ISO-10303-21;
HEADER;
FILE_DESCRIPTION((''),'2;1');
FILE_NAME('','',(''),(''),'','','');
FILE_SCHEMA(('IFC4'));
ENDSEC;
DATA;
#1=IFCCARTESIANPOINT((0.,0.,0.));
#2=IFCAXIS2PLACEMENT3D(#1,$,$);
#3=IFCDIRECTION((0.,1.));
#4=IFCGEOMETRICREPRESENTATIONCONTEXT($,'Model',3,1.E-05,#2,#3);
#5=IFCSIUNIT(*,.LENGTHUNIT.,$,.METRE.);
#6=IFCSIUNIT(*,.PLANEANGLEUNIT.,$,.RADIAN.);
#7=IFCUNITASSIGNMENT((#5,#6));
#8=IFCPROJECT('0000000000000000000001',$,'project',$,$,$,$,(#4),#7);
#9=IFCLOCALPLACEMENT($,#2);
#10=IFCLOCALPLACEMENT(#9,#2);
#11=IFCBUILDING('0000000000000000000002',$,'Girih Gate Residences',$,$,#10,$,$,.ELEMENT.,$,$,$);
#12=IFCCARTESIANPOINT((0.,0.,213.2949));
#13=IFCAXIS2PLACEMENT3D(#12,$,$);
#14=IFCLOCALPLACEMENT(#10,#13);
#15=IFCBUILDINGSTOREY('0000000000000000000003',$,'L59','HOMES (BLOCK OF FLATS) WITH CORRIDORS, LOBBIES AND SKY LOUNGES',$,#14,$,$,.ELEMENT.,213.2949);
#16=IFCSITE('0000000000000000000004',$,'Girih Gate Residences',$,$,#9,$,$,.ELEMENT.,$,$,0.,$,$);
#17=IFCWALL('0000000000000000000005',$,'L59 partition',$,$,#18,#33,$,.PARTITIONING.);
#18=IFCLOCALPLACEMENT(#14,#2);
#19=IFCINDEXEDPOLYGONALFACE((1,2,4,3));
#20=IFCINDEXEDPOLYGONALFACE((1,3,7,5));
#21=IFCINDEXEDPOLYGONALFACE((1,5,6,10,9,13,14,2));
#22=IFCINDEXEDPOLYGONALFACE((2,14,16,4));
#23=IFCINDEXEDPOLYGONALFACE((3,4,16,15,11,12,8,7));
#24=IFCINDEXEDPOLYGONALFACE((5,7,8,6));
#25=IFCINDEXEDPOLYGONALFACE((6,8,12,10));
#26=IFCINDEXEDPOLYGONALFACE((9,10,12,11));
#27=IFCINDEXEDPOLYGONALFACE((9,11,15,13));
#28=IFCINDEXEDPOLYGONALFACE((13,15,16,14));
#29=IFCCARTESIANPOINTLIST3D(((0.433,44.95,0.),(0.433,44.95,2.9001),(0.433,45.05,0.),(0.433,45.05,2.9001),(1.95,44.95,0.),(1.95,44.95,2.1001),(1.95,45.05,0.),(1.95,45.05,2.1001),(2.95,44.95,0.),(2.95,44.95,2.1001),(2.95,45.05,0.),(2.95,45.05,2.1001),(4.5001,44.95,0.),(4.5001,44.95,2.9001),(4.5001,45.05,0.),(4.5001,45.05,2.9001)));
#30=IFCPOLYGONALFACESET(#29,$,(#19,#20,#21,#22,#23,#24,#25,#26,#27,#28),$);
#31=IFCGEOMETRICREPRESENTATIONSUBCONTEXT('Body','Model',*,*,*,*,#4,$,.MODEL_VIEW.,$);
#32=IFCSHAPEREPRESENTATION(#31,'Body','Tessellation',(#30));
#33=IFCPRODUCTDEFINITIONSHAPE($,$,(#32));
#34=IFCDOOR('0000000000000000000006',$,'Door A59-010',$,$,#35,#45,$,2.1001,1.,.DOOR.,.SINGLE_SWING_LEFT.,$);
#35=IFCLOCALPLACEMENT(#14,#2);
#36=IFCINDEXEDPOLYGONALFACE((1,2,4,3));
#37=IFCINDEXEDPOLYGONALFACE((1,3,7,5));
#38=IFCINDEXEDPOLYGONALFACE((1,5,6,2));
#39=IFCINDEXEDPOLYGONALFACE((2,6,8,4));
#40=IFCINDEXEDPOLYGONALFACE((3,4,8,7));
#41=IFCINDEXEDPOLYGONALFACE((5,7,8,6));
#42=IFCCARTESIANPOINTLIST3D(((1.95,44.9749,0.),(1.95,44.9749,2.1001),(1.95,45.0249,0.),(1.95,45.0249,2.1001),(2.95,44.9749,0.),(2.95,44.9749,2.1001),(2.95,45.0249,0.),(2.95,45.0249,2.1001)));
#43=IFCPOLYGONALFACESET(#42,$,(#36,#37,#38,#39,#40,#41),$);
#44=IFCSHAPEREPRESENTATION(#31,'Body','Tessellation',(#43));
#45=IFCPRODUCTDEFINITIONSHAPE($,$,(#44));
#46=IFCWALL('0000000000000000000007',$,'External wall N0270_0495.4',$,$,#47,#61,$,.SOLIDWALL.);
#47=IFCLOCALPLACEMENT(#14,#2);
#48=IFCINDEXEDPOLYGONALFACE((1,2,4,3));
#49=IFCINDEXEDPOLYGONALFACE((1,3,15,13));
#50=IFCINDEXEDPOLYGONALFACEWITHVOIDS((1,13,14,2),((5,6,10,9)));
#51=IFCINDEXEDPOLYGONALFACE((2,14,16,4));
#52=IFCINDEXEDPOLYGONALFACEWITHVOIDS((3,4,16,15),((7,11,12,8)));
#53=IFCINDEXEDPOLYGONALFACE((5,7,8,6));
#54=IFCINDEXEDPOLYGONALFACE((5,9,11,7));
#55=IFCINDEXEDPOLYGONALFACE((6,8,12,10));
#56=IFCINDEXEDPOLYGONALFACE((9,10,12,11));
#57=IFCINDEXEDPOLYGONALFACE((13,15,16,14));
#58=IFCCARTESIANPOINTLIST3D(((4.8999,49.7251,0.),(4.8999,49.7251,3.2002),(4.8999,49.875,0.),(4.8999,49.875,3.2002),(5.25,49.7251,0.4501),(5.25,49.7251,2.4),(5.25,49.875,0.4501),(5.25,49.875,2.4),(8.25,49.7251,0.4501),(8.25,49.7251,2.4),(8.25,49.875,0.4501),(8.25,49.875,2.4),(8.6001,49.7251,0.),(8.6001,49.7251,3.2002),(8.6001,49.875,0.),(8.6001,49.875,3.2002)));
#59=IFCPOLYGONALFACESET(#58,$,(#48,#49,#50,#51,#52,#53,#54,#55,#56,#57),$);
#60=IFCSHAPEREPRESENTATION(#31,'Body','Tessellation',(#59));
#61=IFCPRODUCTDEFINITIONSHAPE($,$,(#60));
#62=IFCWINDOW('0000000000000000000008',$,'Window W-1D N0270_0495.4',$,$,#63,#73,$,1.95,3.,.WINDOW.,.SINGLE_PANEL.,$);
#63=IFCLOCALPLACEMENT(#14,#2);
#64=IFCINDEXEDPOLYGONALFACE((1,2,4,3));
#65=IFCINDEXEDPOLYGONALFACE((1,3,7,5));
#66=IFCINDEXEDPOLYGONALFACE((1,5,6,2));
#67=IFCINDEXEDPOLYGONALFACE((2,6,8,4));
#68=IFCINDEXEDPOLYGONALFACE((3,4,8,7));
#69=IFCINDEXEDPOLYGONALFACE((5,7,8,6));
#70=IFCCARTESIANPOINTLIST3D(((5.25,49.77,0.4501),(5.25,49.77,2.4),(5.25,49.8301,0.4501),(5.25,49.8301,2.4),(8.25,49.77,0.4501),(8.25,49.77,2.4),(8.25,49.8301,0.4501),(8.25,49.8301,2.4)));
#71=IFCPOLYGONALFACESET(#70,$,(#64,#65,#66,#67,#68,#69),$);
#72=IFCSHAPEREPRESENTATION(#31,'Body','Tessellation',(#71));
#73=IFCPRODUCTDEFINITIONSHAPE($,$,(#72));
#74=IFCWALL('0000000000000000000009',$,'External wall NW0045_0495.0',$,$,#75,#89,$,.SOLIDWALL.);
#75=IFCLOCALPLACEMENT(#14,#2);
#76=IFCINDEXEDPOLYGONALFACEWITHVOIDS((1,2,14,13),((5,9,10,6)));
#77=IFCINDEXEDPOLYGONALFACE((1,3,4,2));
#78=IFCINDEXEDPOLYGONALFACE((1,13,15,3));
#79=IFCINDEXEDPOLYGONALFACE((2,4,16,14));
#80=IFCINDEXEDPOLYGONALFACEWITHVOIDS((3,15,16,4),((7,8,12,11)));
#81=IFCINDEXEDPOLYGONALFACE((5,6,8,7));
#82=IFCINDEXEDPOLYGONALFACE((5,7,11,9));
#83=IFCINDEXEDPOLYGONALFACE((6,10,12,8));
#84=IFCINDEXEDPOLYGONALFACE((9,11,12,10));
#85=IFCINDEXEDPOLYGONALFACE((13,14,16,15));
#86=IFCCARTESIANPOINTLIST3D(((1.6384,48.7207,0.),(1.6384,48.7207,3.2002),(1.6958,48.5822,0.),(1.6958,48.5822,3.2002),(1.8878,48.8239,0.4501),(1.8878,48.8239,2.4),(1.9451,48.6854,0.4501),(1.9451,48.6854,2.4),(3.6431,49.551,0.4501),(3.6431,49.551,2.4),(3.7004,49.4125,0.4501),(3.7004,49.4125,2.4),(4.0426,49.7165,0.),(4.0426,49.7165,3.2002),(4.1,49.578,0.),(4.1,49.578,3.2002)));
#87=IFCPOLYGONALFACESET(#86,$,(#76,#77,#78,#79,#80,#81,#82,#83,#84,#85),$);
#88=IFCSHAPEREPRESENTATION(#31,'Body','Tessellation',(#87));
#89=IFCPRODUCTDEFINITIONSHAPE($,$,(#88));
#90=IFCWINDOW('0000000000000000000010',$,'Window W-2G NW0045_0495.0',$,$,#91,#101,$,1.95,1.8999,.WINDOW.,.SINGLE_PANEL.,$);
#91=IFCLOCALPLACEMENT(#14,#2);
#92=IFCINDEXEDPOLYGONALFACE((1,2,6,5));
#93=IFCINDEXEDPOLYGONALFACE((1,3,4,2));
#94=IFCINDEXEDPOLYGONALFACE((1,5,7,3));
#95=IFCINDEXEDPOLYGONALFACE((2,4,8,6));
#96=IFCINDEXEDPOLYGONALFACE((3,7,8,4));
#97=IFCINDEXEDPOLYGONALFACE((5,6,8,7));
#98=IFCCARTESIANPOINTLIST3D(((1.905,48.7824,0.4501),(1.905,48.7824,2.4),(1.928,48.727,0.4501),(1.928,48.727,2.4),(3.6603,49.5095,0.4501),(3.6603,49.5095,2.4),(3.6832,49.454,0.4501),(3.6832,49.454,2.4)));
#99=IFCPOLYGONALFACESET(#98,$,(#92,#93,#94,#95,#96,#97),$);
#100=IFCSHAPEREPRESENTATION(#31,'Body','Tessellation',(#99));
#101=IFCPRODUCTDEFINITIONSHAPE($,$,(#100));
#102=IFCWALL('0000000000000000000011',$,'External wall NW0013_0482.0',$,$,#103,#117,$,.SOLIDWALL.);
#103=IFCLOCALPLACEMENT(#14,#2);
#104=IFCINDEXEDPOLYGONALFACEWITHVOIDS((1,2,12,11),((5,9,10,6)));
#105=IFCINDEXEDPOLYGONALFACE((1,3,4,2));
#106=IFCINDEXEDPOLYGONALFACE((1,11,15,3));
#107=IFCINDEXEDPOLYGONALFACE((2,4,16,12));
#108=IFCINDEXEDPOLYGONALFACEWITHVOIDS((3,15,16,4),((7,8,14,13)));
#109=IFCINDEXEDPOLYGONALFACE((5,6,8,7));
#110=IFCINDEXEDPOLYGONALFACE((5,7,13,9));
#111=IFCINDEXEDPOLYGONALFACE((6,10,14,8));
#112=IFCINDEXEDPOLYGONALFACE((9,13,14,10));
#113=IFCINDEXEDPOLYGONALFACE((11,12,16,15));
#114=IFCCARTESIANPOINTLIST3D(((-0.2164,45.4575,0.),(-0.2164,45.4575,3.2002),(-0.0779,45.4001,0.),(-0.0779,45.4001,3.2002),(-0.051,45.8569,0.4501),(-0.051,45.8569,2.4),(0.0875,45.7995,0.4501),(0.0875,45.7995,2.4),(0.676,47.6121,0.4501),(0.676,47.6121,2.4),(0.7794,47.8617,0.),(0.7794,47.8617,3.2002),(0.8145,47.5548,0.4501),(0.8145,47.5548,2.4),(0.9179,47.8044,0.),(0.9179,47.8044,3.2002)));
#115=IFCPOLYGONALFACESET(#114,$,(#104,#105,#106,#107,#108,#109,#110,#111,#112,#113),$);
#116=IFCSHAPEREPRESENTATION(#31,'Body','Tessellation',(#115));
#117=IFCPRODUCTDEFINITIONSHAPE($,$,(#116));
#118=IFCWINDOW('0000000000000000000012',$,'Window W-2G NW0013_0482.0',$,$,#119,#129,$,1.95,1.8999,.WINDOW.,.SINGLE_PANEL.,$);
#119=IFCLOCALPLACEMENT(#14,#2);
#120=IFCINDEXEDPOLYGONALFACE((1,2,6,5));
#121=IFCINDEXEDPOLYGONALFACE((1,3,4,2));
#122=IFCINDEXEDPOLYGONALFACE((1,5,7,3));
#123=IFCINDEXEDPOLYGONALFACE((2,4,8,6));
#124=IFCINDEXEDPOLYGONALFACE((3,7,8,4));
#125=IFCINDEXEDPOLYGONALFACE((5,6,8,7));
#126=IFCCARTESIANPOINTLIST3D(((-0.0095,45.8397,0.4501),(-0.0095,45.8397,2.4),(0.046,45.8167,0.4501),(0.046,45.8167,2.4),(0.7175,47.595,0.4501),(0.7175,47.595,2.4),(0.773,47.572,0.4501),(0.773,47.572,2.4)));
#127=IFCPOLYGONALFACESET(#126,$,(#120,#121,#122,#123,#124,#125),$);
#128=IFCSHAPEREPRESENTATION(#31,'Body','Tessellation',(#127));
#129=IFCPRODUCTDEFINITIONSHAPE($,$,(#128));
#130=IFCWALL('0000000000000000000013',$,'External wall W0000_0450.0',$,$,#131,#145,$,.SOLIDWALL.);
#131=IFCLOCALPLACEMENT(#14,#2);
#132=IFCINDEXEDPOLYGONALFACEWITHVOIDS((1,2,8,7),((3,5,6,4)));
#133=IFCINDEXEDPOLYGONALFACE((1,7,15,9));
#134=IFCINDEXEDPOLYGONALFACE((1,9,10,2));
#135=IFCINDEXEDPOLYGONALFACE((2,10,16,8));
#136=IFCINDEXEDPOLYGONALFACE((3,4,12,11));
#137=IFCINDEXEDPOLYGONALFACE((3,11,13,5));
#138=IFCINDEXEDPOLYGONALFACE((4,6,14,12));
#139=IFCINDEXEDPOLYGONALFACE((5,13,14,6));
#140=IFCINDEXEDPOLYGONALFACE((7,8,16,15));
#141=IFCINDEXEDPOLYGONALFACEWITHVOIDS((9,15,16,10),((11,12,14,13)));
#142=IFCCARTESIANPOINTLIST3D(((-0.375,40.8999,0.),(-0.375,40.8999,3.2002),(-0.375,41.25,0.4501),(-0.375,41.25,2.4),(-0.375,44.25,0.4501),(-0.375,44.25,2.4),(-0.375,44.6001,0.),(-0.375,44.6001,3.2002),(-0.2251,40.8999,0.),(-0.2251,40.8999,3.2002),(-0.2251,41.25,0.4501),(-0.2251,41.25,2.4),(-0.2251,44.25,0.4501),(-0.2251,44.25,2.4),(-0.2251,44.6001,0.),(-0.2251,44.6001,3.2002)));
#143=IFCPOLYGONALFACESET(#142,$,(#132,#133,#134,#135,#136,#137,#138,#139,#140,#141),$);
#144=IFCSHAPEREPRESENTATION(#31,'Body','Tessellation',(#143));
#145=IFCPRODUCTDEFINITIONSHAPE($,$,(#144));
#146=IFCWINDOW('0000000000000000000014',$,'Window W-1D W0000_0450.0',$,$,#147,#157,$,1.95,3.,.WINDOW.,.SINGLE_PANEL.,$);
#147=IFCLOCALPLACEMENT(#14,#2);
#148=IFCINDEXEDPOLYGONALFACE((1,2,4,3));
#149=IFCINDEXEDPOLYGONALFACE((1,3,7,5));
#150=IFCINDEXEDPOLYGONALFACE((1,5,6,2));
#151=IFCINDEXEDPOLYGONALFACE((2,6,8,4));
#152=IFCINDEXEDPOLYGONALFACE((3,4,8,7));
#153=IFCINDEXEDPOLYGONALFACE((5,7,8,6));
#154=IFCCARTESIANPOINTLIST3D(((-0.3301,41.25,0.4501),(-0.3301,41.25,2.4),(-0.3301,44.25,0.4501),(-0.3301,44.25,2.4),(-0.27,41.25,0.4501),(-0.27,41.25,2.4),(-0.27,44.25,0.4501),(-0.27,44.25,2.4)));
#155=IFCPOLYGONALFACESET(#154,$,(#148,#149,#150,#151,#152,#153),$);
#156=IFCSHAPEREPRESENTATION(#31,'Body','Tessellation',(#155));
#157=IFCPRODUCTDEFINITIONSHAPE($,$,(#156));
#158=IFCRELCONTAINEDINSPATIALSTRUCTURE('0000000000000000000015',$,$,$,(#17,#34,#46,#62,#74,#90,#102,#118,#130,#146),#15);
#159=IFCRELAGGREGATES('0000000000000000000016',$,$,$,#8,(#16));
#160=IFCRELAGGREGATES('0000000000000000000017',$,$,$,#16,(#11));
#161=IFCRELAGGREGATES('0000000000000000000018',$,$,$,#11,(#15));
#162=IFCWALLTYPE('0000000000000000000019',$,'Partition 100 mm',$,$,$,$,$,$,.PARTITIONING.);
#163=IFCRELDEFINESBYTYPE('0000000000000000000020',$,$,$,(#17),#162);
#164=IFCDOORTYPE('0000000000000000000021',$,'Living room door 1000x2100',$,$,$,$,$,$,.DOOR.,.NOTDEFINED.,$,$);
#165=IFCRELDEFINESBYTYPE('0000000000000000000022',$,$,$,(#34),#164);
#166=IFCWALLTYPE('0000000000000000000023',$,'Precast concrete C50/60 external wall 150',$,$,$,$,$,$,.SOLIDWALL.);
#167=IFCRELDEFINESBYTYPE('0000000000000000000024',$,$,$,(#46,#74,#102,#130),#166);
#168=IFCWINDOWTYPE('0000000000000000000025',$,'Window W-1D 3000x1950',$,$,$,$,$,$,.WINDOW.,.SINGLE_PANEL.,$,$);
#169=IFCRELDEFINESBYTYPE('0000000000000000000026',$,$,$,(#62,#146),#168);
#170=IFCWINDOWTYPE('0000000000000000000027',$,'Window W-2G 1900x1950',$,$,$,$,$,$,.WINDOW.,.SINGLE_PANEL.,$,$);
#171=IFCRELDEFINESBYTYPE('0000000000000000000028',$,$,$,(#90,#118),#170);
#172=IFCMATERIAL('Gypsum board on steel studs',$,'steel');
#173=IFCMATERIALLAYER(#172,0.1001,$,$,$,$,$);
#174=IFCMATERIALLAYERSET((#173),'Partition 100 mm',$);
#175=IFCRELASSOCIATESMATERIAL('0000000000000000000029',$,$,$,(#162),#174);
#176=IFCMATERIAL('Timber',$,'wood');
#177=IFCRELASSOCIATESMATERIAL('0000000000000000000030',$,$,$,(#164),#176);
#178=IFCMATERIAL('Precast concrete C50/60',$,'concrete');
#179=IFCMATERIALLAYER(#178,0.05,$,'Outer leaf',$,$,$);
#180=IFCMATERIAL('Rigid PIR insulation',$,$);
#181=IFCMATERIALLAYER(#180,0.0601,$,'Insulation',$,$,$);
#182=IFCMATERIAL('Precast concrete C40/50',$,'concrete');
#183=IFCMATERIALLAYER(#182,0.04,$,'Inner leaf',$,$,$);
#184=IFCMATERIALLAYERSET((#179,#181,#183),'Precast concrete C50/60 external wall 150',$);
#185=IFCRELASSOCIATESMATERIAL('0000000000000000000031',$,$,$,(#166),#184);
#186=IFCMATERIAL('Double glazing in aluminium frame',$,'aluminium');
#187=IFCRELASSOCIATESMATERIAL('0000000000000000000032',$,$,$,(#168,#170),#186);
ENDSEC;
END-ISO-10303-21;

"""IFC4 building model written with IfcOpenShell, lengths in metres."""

from ifc_helpers import new_model, si_unit, direction, frame, frame_2d, origin, place, context, subcontext, project, spatial, rectangle, extrude, material, layer, layer_set, type_object, element, fill, save


model = new_model("IFC4")

# Units and contexts
model_context = context("Model", 3, precision=1e-05, world=origin(), true_north=direction((0.0, 1.0)))
body_context = subcontext(model_context, "Body", "Model", "MODEL_VIEW")
ifc_project = project(units=[si_unit("LENGTHUNIT", "METRE"), si_unit("PLANEANGLEUNIT", "RADIAN")], contexts=[model_context])

# Site, building, storey
site_placement = place(None, origin())
site = spatial("IfcSite", under=ifc_project, at=site_placement, Name="Girih Gate Residences", CompositionType="ELEMENT", RefElevation=0.0)
building_placement = place(site_placement, origin())
building = spatial("IfcBuilding", under=site, at=building_placement, Name="Girih Gate Residences", CompositionType="ELEMENT")
storey_placement = place(building_placement, frame((0.0, 0.0, 213.2949)))
storey = spatial("IfcBuildingStorey", under=building, at=storey_placement, Name="L59", Description="HOMES (BLOCK OF FLATS) WITH CORRIDORS, LOBBIES AND SKY LOUNGES", CompositionType="ELEMENT", Elevation=213.2949)

# Shared definitions
ifc_material_1 = material(Name="Gypsum board on steel studs", Category="steel")
ifc_layer_1 = layer(ifc_material_1, 0.1001)
ifc_layer_set_1 = layer_set([ifc_layer_1], Name="Partition 100 mm")
wall_type_1 = type_object("IfcWallType", Name="Partition 100 mm", PredefinedType="PARTITIONING", material=ifc_layer_set_1)
ifc_material_2 = material(Name="Timber", Category="wood")

# Wall, opening, door
wall_1_placement = place(storey_placement, frame((0.4329, 45.0, 0.0), z_axis=(0.0, 0.0, 1.0), x_axis=(1.0, 0.0, 0.0)))
wall_1 = element("IfcWall", 1, at=wall_1_placement, inside=storey, type_object=wall_type_1, Name="L59 partition", PredefinedType="PARTITIONING", context=body_context, shape_type="SweptSolid", body=[
    extrude(rectangle(XDim=4.0671, YDim=0.1001, at=frame_2d((2.0337, 0.0))), origin(), (0.0, 0.0, 1.0), 2.9001),
])
opening_1_placement = place(wall_1_placement, frame((1.5171, 0.0, 0.0)))
opening_1 = element("IfcOpeningElement", 2, at=opening_1_placement, cuts=wall_1, PredefinedType="OPENING", context=body_context, shape_type="SweptSolid", body=[
    extrude(rectangle(XDim=1.0, YDim=2.1001, at=frame_2d((0.5, 1.05))), frame((0.0, 0.0601, 0.0), z_axis=(0.0, -1.0, 0.0), x_axis=(1.0, 0.0, 0.0)), (0.0, 0.0, 1.0), 0.1201),
])
door_type_1 = type_object("IfcDoorType", Name="Living room door 1000x2100", OperationType="NOTDEFINED", PredefinedType="DOOR", material=ifc_material_2)
door_1_placement = place(opening_1_placement, origin())
door_1 = element("IfcDoor", 3, at=door_1_placement, inside=storey, type_object=door_type_1, Name="Door A59-010", OperationType="SINGLE_SWING_LEFT", OverallHeight=2.1001, OverallWidth=1.0, PredefinedType="DOOR", context=body_context, shape_type="SweptSolid", body=[
    extrude(rectangle(XDim=1.0, YDim=2.1001, at=frame_2d((0.5, 1.05))), frame((0.0, 0.0249, 0.0), z_axis=(0.0, -1.0, 0.0), x_axis=(1.0, 0.0, 0.0)), (0.0, 0.0, 1.0), 0.05),
])
fill(opening_1, door_1)

# Walls, openings, windows
ifc_material_3 = material(Name="Precast concrete C50/60", Category="concrete")
ifc_layer_2 = layer(ifc_material_3, 0.05, Name="Outer leaf")
ifc_material_4 = material(Name="Rigid PIR insulation")
ifc_layer_3 = layer(ifc_material_4, 0.0601, Name="Insulation")
ifc_material_5 = material(Name="Precast concrete C40/50", Category="concrete")
ifc_layer_4 = layer(ifc_material_5, 0.04, Name="Inner leaf")
ifc_layer_set_2 = layer_set([ifc_layer_2, ifc_layer_3, ifc_layer_4], Name="Precast concrete C50/60 external wall 150")
wall_type_2 = type_object("IfcWallType", Name="Precast concrete C50/60 external wall 150", PredefinedType="SOLIDWALL", material=ifc_layer_set_2)
wall_2_placement = place(storey_placement, frame((4.8999, 49.8, 0.0), z_axis=(0.0, 0.0, 1.0), x_axis=(1.0, 0.0, 0.0)))
wall_2 = element("IfcWall", 4, at=wall_2_placement, inside=storey, type_object=wall_type_2, Name="External wall N0270_0495.4", PredefinedType="SOLIDWALL", context=body_context, shape_type="SweptSolid", body=[
    extrude(rectangle(XDim=3.7002, YDim=0.1499, at=frame_2d((1.8501, 0.0))), origin(), (0.0, 0.0, 1.0), 3.2002),
])
opening_2_placement = place(wall_2_placement, frame((0.3501, 0.0, 0.45)))
opening_2 = element("IfcOpeningElement", 5, at=opening_2_placement, cuts=wall_2, PredefinedType="OPENING", context=body_context, shape_type="SweptSolid", body=[
    extrude(rectangle(XDim=3.0, YDim=1.95, at=frame_2d((1.5, 0.9751))), frame((0.0, 0.085, 0.0), z_axis=(0.0, -1.0, 0.0), x_axis=(1.0, 0.0, 0.0)), (0.0, 0.0, 1.0), 0.1699),
])
ifc_material_6 = material(Name="Double glazing in aluminium frame", Category="aluminium")
window_type_1 = type_object("IfcWindowType", Name="Window W-1D 3000x1950", PartitioningType="SINGLE_PANEL", PredefinedType="WINDOW", material=ifc_material_6)
window_1_placement = place(opening_2_placement, origin())
window_1 = element("IfcWindow", 6, at=window_1_placement, inside=storey, type_object=window_type_1, Name="Window W-1D N0270_0495.4", OverallHeight=1.95, OverallWidth=3.0, PartitioningType="SINGLE_PANEL", PredefinedType="WINDOW", context=body_context, shape_type="SweptSolid", body=[
    extrude(rectangle(XDim=3.0, YDim=1.95, at=frame_2d((1.5, 0.9751))), frame((0.0, 0.03, 0.0), z_axis=(0.0, -1.0, 0.0), x_axis=(1.0, 0.0, 0.0)), (0.0, 0.0, 1.0), 0.0601),
])
fill(opening_2, window_1)
wall_3_placement = place(storey_placement, frame((1.667, 48.6514, 0.0), z_axis=(0.0, 0.0, 1.0), x_axis=(0.923885, 0.382669, 0.0)))
wall_3 = element("IfcWall", 7, at=wall_3_placement, inside=storey, type_object=wall_type_2, Name="External wall NW0045_0495.0", PredefinedType="SOLIDWALL", context=body_context, shape_type="SweptSolid", body=[
    extrude(rectangle(XDim=2.6023, YDim=0.1499, at=frame_2d((1.3013, 0.0))), origin(), (0.0, 0.0, 1.0), 3.2002),
])
opening_3_placement = place(wall_3_placement, frame((0.27, 0.0, 0.45)))
opening_3 = element("IfcOpeningElement", 8, at=opening_3_placement, cuts=wall_3, PredefinedType="OPENING", context=body_context, shape_type="SweptSolid", body=[
    extrude(rectangle(XDim=1.8999, YDim=1.95, at=frame_2d((0.95, 0.9751))), frame((0.0, 0.085, 0.0), z_axis=(0.0, -1.0, 0.0), x_axis=(1.0, 0.0, 0.0)), (0.0, 0.0, 1.0), 0.1699),
])
window_type_2 = type_object("IfcWindowType", Name="Window W-2G 1900x1950", PartitioningType="SINGLE_PANEL", PredefinedType="WINDOW", material=ifc_material_6)
window_2_placement = place(opening_3_placement, origin())
window_2 = element("IfcWindow", 9, at=window_2_placement, inside=storey, type_object=window_type_2, Name="Window W-2G NW0045_0495.0", OverallHeight=1.95, OverallWidth=1.8999, PartitioningType="SINGLE_PANEL", PredefinedType="WINDOW", context=body_context, shape_type="SweptSolid", body=[
    extrude(rectangle(XDim=1.8999, YDim=1.95, at=frame_2d((0.95, 0.9751))), frame((0.0, 0.03, 0.0), z_axis=(0.0, -1.0, 0.0), x_axis=(1.0, 0.0, 0.0)), (0.0, 0.0, 1.0), 0.0601),
])
fill(opening_3, window_2)
wall_4_placement = place(storey_placement, frame((-0.1472, 45.4287, 0.0), z_axis=(0.0, 0.0, 1.0), x_axis=(0.382669, 0.923885, 0.0)))
wall_4 = element("IfcWall", 10, at=wall_4_placement, inside=storey, type_object=wall_type_2, Name="External wall NW0013_0482.0", PredefinedType="SOLIDWALL", context=body_context, shape_type="SweptSolid", body=[
    extrude(rectangle(XDim=2.6023, YDim=0.1499, at=frame_2d((1.3013, 0.0))), origin(), (0.0, 0.0, 1.0), 3.2002),
])
opening_4_placement = place(wall_4_placement, frame((0.4324, 0.0, 0.45)))
opening_4 = element("IfcOpeningElement", 11, at=opening_4_placement, cuts=wall_4, PredefinedType="OPENING", context=body_context, shape_type="SweptSolid", body=[
    extrude(rectangle(XDim=1.8999, YDim=1.95, at=frame_2d((0.95, 0.9751))), frame((0.0, 0.085, 0.0), z_axis=(0.0, -1.0, 0.0), x_axis=(1.0, 0.0, 0.0)), (0.0, 0.0, 1.0), 0.1699),
])
window_3_placement = place(opening_4_placement, origin())
window_3 = element("IfcWindow", 12, at=window_3_placement, inside=storey, type_object=window_type_2, Name="Window W-2G NW0013_0482.0", OverallHeight=1.95, OverallWidth=1.8999, PartitioningType="SINGLE_PANEL", PredefinedType="WINDOW", context=body_context, shape_type="SweptSolid", body=[
    extrude(rectangle(XDim=1.8999, YDim=1.95, at=frame_2d((0.95, 0.9751))), frame((0.0, 0.03, 0.0), z_axis=(0.0, -1.0, 0.0), x_axis=(1.0, 0.0, 0.0)), (0.0, 0.0, 1.0), 0.0601),
])
fill(opening_4, window_3)
wall_5_placement = place(storey_placement, frame((-0.3, 40.8999, 0.0), z_axis=(0.0, 0.0, 1.0), x_axis=(0.0, 1.0, 0.0)))
wall_5 = element("IfcWall", 13, at=wall_5_placement, inside=storey, type_object=wall_type_2, Name="External wall W0000_0450.0", PredefinedType="SOLIDWALL", context=body_context, shape_type="SweptSolid", body=[
    extrude(rectangle(XDim=3.7002, YDim=0.1499, at=frame_2d((1.8501, 0.0))), origin(), (0.0, 0.0, 1.0), 3.2002),
])
opening_5_placement = place(wall_5_placement, frame((0.3501, 0.0, 0.45)))
opening_5 = element("IfcOpeningElement", 14, at=opening_5_placement, cuts=wall_5, PredefinedType="OPENING", context=body_context, shape_type="SweptSolid", body=[
    extrude(rectangle(XDim=3.0, YDim=1.95, at=frame_2d((1.5, 0.9751))), frame((0.0, 0.085, 0.0), z_axis=(0.0, -1.0, 0.0), x_axis=(1.0, 0.0, 0.0)), (0.0, 0.0, 1.0), 0.1699),
])
window_4_placement = place(opening_5_placement, origin())
window_4 = element("IfcWindow", 15, at=window_4_placement, inside=storey, type_object=window_type_1, Name="Window W-1D W0000_0450.0", OverallHeight=1.95, OverallWidth=3.0, PartitioningType="SINGLE_PANEL", PredefinedType="WINDOW", context=body_context, shape_type="SweptSolid", body=[
    extrude(rectangle(XDim=3.0, YDim=1.95, at=frame_2d((1.5, 0.9751))), frame((0.0, 0.03, 0.0), z_axis=(0.0, -1.0, 0.0), x_axis=(1.0, 0.0, 0.0)), (0.0, 0.0, 1.0), 0.0601),
])
fill(opening_5, window_4)

save(model, "model.ifc")
